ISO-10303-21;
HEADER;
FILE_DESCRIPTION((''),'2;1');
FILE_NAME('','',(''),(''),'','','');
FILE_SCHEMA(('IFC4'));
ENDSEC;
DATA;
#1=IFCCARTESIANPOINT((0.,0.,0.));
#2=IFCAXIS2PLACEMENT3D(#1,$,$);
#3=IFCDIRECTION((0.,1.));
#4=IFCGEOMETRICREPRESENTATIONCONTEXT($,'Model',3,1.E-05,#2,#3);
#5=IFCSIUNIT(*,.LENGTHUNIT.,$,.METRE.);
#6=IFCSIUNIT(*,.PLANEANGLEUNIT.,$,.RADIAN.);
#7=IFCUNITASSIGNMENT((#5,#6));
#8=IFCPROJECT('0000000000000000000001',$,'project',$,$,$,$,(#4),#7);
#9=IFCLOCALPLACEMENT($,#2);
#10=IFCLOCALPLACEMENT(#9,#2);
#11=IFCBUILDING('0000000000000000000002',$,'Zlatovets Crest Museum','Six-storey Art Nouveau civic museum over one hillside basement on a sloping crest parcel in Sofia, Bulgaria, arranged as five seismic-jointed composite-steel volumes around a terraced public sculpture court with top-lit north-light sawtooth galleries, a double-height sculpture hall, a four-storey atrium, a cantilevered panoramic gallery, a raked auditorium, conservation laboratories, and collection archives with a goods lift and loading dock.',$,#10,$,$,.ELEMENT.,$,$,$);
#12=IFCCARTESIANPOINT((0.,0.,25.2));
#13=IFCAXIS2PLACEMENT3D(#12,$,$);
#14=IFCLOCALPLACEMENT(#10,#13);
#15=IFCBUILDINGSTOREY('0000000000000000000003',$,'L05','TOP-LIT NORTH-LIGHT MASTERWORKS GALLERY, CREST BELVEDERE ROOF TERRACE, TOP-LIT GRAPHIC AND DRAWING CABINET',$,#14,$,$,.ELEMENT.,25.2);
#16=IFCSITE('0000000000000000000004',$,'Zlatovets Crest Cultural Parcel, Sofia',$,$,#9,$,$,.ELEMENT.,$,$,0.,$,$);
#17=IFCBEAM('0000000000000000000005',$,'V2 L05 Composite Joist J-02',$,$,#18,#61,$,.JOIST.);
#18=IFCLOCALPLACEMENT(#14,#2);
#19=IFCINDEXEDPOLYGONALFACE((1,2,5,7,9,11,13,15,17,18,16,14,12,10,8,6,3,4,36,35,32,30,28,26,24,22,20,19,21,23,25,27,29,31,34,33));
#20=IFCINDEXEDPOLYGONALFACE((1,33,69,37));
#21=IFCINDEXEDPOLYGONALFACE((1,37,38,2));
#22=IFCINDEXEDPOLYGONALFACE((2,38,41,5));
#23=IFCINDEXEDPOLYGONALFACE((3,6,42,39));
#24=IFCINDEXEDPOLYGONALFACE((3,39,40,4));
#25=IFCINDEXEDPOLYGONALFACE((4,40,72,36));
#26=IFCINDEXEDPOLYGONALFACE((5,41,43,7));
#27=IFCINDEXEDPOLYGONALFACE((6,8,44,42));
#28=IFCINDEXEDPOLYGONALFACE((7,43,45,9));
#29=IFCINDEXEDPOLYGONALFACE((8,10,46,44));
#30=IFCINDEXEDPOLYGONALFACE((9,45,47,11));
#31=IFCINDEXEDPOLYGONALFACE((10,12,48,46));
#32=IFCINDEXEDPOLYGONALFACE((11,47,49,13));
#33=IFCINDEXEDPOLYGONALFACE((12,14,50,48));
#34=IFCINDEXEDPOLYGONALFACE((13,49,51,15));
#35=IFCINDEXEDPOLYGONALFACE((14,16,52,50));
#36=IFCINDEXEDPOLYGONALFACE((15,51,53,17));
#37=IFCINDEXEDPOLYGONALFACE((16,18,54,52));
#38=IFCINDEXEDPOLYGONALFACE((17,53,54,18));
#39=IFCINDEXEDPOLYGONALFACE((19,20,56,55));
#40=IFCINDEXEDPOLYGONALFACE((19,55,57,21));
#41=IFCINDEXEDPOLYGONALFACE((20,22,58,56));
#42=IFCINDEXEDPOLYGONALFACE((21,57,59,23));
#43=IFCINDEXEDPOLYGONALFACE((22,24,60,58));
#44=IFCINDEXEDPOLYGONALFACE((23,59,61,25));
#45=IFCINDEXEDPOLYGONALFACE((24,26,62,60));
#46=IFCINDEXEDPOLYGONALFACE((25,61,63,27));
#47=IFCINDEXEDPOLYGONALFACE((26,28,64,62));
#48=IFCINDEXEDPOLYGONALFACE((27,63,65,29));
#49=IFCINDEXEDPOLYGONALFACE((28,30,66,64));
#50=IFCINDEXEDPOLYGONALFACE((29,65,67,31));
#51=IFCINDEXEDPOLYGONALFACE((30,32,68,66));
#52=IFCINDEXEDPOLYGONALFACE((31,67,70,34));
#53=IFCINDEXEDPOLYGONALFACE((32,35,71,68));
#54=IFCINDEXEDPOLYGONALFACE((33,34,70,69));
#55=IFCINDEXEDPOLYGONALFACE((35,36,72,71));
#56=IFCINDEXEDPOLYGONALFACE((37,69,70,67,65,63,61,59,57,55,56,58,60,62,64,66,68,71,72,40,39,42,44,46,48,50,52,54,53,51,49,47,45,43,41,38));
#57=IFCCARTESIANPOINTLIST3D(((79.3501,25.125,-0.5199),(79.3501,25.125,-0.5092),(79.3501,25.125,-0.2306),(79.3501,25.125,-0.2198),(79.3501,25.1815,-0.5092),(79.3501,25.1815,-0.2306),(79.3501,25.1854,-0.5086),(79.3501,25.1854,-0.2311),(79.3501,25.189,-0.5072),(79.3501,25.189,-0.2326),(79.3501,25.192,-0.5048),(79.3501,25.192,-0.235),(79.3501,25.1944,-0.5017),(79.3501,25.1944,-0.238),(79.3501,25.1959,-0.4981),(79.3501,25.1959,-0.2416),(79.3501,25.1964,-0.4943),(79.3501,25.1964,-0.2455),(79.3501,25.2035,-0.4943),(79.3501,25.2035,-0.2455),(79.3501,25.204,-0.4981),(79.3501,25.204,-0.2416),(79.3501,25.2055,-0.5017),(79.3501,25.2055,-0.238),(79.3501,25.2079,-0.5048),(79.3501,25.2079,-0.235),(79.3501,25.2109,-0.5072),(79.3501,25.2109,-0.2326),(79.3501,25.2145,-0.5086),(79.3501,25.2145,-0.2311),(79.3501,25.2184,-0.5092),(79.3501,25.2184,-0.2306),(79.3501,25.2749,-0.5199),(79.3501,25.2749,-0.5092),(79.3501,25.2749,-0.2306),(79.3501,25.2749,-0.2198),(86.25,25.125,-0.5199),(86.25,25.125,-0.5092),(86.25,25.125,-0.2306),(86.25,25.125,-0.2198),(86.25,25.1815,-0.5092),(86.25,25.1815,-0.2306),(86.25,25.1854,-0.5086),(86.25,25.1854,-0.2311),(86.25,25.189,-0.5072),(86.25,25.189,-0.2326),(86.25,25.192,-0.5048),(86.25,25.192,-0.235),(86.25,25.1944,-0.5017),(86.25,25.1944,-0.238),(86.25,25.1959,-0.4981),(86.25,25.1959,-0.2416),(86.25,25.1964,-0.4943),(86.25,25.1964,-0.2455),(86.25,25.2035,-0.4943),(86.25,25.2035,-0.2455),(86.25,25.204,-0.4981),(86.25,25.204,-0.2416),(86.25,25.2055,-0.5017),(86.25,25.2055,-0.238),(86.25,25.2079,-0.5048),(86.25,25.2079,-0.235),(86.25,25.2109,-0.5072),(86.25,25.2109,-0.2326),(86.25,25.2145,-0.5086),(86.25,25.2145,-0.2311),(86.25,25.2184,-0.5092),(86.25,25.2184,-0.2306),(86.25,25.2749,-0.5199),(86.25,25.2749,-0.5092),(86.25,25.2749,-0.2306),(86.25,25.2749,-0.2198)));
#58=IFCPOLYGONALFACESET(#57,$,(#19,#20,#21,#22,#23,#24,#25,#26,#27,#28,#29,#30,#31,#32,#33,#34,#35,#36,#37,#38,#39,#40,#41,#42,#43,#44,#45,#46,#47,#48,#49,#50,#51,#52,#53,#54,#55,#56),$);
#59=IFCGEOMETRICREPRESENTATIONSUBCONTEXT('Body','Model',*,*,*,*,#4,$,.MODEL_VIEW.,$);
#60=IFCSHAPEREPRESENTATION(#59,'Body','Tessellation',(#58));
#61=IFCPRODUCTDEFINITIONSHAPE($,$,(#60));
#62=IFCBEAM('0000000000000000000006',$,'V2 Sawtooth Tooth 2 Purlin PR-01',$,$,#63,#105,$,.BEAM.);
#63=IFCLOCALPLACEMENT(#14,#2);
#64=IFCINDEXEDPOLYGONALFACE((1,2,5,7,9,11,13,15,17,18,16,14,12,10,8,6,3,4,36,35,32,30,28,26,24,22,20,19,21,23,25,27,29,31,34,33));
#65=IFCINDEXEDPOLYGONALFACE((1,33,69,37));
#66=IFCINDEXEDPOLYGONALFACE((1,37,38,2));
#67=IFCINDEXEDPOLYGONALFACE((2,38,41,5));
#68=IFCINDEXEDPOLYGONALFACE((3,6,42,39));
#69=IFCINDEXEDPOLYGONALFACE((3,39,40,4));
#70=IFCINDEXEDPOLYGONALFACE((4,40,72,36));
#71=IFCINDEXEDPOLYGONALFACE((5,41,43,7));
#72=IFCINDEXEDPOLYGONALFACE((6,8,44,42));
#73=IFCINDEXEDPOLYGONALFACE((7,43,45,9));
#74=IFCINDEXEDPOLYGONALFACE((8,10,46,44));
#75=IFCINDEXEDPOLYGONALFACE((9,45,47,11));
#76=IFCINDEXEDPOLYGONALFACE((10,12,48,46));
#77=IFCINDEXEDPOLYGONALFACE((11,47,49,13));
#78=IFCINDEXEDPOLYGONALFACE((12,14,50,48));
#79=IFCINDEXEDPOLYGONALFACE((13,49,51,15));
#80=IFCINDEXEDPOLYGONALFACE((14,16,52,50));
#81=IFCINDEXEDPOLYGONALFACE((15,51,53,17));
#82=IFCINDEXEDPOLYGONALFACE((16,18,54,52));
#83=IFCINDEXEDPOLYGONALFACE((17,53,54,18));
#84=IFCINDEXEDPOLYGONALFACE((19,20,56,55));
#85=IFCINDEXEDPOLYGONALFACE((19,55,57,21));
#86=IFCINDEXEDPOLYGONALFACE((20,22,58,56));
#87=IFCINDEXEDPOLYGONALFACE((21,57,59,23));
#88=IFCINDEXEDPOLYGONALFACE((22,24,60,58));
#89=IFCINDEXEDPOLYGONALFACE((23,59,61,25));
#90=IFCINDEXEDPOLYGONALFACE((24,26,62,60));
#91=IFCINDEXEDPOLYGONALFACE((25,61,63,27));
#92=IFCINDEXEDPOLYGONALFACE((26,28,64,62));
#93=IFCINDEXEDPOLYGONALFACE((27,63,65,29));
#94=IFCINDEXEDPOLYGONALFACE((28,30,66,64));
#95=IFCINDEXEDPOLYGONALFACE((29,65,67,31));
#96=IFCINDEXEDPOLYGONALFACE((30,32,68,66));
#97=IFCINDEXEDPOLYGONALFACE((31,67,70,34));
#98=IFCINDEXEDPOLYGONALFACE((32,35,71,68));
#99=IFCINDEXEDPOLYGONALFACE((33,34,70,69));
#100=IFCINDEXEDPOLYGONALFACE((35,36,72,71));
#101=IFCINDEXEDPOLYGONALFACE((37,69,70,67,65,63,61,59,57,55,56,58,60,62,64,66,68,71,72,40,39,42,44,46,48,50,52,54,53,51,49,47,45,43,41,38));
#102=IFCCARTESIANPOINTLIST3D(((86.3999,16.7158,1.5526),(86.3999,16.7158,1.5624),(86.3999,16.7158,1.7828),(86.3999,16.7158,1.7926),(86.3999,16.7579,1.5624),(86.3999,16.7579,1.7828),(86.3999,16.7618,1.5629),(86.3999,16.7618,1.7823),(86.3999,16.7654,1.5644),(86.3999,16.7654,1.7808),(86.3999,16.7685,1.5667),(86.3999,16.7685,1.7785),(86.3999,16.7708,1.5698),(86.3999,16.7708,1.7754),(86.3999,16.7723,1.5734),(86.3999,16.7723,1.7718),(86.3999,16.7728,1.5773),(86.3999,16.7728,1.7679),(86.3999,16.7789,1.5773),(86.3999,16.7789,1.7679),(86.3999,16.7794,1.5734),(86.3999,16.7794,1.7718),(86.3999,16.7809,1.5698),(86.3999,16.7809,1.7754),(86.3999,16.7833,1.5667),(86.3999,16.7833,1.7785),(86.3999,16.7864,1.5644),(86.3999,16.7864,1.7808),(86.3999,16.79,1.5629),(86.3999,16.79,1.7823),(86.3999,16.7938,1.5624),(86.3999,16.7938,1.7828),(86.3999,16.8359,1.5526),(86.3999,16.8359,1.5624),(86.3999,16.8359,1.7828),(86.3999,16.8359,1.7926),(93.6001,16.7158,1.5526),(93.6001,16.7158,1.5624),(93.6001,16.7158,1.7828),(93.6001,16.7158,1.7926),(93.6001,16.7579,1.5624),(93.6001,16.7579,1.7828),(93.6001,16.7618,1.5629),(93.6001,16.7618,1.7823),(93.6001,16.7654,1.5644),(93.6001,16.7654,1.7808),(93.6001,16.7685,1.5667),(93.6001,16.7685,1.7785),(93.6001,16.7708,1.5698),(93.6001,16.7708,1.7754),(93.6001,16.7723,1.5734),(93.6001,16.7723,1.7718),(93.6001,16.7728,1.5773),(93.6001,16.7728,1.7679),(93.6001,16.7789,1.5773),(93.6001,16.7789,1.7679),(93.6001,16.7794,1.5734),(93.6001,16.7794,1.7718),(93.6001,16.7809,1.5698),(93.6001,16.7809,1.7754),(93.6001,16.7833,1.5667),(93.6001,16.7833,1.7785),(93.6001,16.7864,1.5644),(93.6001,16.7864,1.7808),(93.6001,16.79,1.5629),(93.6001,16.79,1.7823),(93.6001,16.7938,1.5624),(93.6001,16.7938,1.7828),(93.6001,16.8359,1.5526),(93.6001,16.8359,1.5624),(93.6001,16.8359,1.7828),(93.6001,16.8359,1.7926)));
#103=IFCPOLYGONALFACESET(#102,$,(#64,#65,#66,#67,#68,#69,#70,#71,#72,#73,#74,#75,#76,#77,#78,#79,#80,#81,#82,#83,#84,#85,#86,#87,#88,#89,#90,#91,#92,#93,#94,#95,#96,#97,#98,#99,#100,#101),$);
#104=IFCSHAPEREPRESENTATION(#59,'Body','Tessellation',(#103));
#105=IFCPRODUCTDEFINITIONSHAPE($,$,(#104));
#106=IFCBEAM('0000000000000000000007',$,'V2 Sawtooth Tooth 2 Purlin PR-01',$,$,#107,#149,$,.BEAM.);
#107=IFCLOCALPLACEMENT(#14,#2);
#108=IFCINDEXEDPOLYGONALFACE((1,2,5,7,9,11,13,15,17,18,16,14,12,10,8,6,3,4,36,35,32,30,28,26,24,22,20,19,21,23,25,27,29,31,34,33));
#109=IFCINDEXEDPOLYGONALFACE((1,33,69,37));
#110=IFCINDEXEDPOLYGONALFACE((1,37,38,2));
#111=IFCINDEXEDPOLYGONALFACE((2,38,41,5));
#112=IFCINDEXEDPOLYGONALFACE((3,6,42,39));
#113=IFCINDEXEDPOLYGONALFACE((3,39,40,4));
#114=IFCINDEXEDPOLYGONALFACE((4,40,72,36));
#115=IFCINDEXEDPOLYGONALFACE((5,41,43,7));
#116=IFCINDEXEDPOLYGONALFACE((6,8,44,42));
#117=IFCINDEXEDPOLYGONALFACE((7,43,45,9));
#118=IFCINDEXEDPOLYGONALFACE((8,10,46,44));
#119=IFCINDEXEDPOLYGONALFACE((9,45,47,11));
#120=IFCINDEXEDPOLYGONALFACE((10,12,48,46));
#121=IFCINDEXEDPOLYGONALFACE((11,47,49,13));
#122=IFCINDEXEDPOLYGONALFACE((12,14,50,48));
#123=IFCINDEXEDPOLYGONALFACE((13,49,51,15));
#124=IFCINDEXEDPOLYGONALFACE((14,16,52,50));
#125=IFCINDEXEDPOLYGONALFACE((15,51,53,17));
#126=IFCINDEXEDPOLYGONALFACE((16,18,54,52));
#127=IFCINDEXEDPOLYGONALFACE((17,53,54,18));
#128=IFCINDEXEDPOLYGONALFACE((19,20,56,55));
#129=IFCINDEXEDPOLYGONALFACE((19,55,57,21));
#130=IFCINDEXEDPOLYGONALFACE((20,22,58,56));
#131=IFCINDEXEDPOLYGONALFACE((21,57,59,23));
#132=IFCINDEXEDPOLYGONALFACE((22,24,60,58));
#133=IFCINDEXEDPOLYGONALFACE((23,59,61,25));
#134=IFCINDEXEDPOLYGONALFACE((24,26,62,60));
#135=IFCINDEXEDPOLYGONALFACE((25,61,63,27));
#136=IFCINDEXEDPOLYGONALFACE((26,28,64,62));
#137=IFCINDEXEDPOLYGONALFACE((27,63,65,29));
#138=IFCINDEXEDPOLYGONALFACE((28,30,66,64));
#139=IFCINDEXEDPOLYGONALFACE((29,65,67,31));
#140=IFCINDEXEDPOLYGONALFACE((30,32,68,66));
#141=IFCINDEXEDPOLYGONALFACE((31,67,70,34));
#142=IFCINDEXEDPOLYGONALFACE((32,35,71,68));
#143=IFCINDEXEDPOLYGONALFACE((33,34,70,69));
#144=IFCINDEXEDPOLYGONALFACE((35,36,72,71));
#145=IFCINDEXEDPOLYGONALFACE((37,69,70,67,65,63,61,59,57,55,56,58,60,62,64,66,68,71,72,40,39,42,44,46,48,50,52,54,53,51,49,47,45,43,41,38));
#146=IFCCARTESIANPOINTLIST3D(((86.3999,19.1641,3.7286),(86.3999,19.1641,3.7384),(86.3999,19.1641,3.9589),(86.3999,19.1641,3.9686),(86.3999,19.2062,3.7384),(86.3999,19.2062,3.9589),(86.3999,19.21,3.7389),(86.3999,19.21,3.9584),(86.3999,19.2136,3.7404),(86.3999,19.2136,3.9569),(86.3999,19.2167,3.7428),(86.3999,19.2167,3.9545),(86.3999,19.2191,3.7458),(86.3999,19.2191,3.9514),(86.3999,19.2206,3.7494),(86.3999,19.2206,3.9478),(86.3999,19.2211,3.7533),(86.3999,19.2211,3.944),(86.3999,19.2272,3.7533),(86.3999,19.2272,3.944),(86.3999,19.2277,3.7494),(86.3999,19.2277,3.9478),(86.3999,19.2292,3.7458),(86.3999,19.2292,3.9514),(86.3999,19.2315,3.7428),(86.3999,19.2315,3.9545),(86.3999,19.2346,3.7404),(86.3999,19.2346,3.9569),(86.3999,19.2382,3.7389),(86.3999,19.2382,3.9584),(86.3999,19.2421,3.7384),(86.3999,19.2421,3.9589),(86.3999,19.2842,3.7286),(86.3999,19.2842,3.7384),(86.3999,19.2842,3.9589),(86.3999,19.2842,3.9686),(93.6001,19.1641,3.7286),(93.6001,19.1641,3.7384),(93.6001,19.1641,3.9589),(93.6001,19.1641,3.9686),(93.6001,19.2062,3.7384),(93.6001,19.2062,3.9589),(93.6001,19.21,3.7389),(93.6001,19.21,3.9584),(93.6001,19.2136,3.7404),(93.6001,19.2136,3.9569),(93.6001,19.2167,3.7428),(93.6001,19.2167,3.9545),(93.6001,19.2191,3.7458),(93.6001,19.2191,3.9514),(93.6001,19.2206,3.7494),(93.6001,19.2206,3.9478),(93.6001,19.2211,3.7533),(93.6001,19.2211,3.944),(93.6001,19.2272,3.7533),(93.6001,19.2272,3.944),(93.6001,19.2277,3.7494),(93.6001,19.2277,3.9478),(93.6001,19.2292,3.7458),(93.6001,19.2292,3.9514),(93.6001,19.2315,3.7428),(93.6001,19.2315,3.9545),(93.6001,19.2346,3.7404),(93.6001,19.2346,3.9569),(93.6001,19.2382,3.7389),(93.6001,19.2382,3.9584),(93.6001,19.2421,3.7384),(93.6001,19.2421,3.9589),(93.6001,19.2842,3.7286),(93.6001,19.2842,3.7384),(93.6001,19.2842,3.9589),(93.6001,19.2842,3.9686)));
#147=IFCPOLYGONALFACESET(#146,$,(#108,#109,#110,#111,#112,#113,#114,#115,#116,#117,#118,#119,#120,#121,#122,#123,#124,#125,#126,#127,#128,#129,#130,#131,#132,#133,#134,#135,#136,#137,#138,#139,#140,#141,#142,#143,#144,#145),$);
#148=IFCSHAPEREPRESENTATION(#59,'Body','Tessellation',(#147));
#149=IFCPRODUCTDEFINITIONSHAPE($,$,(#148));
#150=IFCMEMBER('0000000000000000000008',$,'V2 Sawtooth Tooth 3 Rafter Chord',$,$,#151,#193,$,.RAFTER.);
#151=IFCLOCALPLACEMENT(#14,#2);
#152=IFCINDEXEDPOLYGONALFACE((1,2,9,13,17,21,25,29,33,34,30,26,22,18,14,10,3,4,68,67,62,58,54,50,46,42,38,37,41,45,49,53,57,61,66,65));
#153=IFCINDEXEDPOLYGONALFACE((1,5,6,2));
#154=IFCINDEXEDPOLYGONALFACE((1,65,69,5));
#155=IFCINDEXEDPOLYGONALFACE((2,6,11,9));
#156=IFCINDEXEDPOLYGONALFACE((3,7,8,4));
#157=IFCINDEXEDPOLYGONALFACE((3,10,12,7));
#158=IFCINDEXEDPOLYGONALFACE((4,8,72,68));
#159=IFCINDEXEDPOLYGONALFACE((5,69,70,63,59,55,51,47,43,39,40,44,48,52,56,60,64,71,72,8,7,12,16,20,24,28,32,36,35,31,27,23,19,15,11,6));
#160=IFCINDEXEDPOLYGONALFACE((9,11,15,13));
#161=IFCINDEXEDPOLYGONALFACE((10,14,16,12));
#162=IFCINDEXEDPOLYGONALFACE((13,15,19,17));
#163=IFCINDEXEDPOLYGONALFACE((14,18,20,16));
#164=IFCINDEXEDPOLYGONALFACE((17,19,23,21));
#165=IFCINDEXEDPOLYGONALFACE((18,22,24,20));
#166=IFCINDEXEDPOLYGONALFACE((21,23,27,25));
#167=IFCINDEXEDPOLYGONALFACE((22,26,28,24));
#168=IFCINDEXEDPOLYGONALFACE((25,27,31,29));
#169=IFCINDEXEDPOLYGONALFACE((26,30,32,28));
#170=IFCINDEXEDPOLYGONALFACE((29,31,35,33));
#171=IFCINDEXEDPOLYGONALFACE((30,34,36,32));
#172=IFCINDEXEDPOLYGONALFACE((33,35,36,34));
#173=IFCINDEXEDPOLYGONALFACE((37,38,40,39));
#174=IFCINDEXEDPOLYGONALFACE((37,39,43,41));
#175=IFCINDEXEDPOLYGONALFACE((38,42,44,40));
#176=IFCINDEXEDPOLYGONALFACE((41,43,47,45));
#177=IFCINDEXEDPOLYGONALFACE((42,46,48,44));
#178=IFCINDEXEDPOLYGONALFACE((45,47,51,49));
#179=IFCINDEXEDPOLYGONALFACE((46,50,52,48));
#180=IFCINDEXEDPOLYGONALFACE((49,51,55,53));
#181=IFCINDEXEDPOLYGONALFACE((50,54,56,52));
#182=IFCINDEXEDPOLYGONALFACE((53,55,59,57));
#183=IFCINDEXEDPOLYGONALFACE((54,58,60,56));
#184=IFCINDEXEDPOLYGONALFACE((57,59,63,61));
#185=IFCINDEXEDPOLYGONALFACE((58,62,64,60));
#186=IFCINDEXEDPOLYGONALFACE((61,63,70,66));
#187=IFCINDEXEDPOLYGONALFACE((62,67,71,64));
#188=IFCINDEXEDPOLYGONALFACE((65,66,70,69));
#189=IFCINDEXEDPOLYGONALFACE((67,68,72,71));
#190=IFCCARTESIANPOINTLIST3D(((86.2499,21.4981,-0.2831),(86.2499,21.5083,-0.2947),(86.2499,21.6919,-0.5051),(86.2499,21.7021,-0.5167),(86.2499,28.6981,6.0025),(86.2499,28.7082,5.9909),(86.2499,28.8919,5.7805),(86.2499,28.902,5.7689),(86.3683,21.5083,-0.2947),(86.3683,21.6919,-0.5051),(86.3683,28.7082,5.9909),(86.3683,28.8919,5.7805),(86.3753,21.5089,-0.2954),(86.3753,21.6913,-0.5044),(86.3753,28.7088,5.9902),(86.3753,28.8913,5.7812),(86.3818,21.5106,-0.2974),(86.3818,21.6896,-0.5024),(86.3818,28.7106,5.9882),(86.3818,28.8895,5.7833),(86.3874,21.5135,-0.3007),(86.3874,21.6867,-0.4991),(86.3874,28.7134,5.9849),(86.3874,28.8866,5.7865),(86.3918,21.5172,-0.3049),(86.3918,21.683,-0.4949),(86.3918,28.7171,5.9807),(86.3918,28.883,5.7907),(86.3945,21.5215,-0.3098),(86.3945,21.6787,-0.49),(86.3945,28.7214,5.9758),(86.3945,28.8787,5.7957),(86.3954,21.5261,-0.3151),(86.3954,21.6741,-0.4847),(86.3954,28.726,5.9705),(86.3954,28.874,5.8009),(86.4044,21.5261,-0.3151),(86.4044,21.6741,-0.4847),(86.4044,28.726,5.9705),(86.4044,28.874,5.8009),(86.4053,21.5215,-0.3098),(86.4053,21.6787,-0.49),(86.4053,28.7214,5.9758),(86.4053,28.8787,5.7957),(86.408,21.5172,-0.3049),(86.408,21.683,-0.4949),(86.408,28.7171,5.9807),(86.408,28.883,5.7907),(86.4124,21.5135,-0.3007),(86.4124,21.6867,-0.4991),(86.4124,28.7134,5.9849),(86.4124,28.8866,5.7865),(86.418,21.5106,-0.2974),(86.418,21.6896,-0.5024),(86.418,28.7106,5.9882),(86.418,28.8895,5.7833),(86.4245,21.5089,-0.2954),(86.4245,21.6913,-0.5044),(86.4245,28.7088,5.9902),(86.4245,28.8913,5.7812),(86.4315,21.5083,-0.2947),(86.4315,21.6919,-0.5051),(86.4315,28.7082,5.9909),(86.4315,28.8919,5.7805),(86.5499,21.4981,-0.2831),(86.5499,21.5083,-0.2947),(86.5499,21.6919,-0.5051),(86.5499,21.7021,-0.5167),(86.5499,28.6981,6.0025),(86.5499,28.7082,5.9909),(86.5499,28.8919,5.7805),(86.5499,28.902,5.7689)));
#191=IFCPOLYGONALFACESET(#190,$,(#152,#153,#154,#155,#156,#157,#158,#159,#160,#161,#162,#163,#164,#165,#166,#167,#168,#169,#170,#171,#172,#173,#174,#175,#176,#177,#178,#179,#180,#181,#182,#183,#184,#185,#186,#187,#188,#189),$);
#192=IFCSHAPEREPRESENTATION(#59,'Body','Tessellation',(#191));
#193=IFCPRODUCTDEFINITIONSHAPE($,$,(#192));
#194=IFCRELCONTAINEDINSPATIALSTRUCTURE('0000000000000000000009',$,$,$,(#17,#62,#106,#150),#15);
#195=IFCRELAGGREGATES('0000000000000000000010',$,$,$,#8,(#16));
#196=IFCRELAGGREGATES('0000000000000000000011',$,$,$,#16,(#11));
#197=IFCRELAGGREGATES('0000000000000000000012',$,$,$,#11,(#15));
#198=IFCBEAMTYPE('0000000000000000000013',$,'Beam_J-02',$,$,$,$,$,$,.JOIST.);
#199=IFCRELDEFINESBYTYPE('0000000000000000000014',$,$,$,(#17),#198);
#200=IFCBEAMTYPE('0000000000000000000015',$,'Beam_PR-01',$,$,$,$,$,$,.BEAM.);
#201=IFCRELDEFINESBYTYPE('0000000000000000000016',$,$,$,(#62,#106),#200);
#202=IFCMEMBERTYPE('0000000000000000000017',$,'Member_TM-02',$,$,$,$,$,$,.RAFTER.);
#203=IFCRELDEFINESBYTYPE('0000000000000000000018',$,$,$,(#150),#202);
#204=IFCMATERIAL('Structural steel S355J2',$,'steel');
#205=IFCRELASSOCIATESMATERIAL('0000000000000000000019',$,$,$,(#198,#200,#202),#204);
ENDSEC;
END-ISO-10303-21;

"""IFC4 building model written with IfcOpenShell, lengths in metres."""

from ifc_helpers import new_model, si_unit, direction, frame, origin, origin_2d, place, context, subcontext, project, spatial, i_section, extrude, material, material_profile, profile_set, type_object, element, save


model = new_model("IFC4")

# Units and contexts
model_context = context("Model", 3, precision=1e-05, world=origin(), true_north=direction((0.0, 1.0)))
body_context = subcontext(model_context, "Body", "Model", "MODEL_VIEW")
ifc_project = project(units=[si_unit("LENGTHUNIT", "METRE"), si_unit("PLANEANGLEUNIT", "RADIAN")], contexts=[model_context])

# Site, building, storey
site_placement = place(None, origin())
site = spatial("IfcSite", under=ifc_project, at=site_placement, Name="Zlatovets Crest Cultural Parcel, Sofia", CompositionType="ELEMENT", RefElevation=0.0)
building_placement = place(site_placement, origin())
building = spatial("IfcBuilding", under=site, at=building_placement, Name="Zlatovets Crest Museum", Description="Six-storey Art Nouveau civic museum over one hillside basement on a sloping crest parcel in Sofia, Bulgaria, arranged as five seismic-jointed composite-steel volumes around a terraced public sculpture court with top-lit north-light sawtooth galleries, a double-height sculpture hall, a four-storey atrium, a cantilevered panoramic gallery, a raked auditorium, conservation laboratories, and collection archives with a goods lift and loading dock.", CompositionType="ELEMENT")
storey_placement = place(building_placement, frame((0.0, 0.0, 25.2)))
storey = spatial("IfcBuildingStorey", under=building, at=storey_placement, Name="L05", Description="TOP-LIT NORTH-LIGHT MASTERWORKS GALLERY, CREST BELVEDERE ROOF TERRACE, TOP-LIT GRAPHIC AND DRAWING CABINET", CompositionType="ELEMENT", Elevation=25.2)

# Beams
ifc_material_1 = material(Name="Structural steel S355J2", Category="steel")
ifc_material_profile_1 = material_profile(ifc_material_1, i_section(OverallWidth=0.1499, OverallDepth=0.3, WebThickness=0.0071, FlangeThickness=0.0107, FilletRadius=0.0149, at=origin_2d()), Name="IPE 300")
ifc_profile_set_1 = profile_set([ifc_material_profile_1], Name="Structural steel S355J2")
beam_type_1 = type_object("IfcBeamType", Name="Beam_J-02", PredefinedType="JOIST", material=ifc_profile_set_1)
for number, where, z_axis, x_axis, name in (
    (1, (79.3501, 25.2, -0.3699), (1.0, 0.0, 0.0), (0.0, 1.0, 0.0), "V2 L05 Composite Joist J-02"),
):
    element("IfcBeam", number, at=place(storey_placement, frame(where, z_axis=z_axis, x_axis=x_axis)), inside=storey, type_object=beam_type_1, Name=name, PredefinedType="JOIST", context=body_context, shape_type="SweptSolid", body=[
        extrude(i_section(OverallWidth=0.1499, OverallDepth=0.3, WebThickness=0.0071, FlangeThickness=0.0107, FilletRadius=0.0149, at=origin_2d()), origin(), (0.0, 0.0, 1.0), 6.8999),
    ])
ifc_material_profile_2 = material_profile(ifc_material_1, i_section(OverallWidth=0.1201, OverallDepth=0.24, WebThickness=0.0061, FlangeThickness=0.0098, FilletRadius=0.0149, at=origin_2d()), Name="IPE 240")
ifc_profile_set_2 = profile_set([ifc_material_profile_2], Name="Structural steel S355J2")
beam_type_2 = type_object("IfcBeamType", Name="Beam_PR-01", PredefinedType="BEAM", material=ifc_profile_set_2)
for number, where, z_axis, x_axis, name in (
    (2, (86.3999, 16.7759, 1.6726), (1.0, 0.0, 0.0), (0.0, 1.0, 0.0), "V2 Sawtooth Tooth 2 Purlin PR-01"),
    (3, (86.3999, 19.2241, 3.8486), (1.0, 0.0, 0.0), (0.0, 1.0, 0.0), "V2 Sawtooth Tooth 2 Purlin PR-01"),
):
    element("IfcBeam", number, at=place(storey_placement, frame(where, z_axis=z_axis, x_axis=x_axis)), inside=storey, type_object=beam_type_2, Name=name, PredefinedType="BEAM", context=body_context, shape_type="SweptSolid", body=[
        extrude(i_section(OverallWidth=0.1201, OverallDepth=0.24, WebThickness=0.0061, FlangeThickness=0.0098, FilletRadius=0.0149, at=origin_2d()), origin(), (0.0, 0.0, 1.0), 7.2002),
    ])

# Member
ifc_material_profile_3 = material_profile(ifc_material_1, i_section(OverallWidth=0.3, OverallDepth=0.3101, WebThickness=0.009, FlangeThickness=0.0154, FilletRadius=0.0271, at=origin_2d()), Name="HEA 320")
ifc_profile_set_3 = profile_set([ifc_material_profile_3], Name="Structural steel S355J2")
member_type_1 = type_object("IfcMemberType", Name="Member_TM-02", PredefinedType="RAFTER", material=ifc_profile_set_3)
member_1_placement = place(storey_placement, frame((86.3999, 21.6001, -0.3999), z_axis=(0.0, 0.753318, 0.657656), x_axis=(-1.0, 0.0, 0.0)))
element("IfcMember", 4, at=member_1_placement, inside=storey, type_object=member_type_1, Name="V2 Sawtooth Tooth 3 Rafter Chord", PredefinedType="RAFTER", context=body_context, shape_type="SweptSolid", body=[
    extrude(i_section(OverallWidth=0.3, OverallDepth=0.3101, WebThickness=0.009, FlangeThickness=0.0154, FilletRadius=0.0271, at=origin_2d()), origin(), (0.0, 0.0, 1.0), 9.5576),
])

save(model, "model.ifc")
